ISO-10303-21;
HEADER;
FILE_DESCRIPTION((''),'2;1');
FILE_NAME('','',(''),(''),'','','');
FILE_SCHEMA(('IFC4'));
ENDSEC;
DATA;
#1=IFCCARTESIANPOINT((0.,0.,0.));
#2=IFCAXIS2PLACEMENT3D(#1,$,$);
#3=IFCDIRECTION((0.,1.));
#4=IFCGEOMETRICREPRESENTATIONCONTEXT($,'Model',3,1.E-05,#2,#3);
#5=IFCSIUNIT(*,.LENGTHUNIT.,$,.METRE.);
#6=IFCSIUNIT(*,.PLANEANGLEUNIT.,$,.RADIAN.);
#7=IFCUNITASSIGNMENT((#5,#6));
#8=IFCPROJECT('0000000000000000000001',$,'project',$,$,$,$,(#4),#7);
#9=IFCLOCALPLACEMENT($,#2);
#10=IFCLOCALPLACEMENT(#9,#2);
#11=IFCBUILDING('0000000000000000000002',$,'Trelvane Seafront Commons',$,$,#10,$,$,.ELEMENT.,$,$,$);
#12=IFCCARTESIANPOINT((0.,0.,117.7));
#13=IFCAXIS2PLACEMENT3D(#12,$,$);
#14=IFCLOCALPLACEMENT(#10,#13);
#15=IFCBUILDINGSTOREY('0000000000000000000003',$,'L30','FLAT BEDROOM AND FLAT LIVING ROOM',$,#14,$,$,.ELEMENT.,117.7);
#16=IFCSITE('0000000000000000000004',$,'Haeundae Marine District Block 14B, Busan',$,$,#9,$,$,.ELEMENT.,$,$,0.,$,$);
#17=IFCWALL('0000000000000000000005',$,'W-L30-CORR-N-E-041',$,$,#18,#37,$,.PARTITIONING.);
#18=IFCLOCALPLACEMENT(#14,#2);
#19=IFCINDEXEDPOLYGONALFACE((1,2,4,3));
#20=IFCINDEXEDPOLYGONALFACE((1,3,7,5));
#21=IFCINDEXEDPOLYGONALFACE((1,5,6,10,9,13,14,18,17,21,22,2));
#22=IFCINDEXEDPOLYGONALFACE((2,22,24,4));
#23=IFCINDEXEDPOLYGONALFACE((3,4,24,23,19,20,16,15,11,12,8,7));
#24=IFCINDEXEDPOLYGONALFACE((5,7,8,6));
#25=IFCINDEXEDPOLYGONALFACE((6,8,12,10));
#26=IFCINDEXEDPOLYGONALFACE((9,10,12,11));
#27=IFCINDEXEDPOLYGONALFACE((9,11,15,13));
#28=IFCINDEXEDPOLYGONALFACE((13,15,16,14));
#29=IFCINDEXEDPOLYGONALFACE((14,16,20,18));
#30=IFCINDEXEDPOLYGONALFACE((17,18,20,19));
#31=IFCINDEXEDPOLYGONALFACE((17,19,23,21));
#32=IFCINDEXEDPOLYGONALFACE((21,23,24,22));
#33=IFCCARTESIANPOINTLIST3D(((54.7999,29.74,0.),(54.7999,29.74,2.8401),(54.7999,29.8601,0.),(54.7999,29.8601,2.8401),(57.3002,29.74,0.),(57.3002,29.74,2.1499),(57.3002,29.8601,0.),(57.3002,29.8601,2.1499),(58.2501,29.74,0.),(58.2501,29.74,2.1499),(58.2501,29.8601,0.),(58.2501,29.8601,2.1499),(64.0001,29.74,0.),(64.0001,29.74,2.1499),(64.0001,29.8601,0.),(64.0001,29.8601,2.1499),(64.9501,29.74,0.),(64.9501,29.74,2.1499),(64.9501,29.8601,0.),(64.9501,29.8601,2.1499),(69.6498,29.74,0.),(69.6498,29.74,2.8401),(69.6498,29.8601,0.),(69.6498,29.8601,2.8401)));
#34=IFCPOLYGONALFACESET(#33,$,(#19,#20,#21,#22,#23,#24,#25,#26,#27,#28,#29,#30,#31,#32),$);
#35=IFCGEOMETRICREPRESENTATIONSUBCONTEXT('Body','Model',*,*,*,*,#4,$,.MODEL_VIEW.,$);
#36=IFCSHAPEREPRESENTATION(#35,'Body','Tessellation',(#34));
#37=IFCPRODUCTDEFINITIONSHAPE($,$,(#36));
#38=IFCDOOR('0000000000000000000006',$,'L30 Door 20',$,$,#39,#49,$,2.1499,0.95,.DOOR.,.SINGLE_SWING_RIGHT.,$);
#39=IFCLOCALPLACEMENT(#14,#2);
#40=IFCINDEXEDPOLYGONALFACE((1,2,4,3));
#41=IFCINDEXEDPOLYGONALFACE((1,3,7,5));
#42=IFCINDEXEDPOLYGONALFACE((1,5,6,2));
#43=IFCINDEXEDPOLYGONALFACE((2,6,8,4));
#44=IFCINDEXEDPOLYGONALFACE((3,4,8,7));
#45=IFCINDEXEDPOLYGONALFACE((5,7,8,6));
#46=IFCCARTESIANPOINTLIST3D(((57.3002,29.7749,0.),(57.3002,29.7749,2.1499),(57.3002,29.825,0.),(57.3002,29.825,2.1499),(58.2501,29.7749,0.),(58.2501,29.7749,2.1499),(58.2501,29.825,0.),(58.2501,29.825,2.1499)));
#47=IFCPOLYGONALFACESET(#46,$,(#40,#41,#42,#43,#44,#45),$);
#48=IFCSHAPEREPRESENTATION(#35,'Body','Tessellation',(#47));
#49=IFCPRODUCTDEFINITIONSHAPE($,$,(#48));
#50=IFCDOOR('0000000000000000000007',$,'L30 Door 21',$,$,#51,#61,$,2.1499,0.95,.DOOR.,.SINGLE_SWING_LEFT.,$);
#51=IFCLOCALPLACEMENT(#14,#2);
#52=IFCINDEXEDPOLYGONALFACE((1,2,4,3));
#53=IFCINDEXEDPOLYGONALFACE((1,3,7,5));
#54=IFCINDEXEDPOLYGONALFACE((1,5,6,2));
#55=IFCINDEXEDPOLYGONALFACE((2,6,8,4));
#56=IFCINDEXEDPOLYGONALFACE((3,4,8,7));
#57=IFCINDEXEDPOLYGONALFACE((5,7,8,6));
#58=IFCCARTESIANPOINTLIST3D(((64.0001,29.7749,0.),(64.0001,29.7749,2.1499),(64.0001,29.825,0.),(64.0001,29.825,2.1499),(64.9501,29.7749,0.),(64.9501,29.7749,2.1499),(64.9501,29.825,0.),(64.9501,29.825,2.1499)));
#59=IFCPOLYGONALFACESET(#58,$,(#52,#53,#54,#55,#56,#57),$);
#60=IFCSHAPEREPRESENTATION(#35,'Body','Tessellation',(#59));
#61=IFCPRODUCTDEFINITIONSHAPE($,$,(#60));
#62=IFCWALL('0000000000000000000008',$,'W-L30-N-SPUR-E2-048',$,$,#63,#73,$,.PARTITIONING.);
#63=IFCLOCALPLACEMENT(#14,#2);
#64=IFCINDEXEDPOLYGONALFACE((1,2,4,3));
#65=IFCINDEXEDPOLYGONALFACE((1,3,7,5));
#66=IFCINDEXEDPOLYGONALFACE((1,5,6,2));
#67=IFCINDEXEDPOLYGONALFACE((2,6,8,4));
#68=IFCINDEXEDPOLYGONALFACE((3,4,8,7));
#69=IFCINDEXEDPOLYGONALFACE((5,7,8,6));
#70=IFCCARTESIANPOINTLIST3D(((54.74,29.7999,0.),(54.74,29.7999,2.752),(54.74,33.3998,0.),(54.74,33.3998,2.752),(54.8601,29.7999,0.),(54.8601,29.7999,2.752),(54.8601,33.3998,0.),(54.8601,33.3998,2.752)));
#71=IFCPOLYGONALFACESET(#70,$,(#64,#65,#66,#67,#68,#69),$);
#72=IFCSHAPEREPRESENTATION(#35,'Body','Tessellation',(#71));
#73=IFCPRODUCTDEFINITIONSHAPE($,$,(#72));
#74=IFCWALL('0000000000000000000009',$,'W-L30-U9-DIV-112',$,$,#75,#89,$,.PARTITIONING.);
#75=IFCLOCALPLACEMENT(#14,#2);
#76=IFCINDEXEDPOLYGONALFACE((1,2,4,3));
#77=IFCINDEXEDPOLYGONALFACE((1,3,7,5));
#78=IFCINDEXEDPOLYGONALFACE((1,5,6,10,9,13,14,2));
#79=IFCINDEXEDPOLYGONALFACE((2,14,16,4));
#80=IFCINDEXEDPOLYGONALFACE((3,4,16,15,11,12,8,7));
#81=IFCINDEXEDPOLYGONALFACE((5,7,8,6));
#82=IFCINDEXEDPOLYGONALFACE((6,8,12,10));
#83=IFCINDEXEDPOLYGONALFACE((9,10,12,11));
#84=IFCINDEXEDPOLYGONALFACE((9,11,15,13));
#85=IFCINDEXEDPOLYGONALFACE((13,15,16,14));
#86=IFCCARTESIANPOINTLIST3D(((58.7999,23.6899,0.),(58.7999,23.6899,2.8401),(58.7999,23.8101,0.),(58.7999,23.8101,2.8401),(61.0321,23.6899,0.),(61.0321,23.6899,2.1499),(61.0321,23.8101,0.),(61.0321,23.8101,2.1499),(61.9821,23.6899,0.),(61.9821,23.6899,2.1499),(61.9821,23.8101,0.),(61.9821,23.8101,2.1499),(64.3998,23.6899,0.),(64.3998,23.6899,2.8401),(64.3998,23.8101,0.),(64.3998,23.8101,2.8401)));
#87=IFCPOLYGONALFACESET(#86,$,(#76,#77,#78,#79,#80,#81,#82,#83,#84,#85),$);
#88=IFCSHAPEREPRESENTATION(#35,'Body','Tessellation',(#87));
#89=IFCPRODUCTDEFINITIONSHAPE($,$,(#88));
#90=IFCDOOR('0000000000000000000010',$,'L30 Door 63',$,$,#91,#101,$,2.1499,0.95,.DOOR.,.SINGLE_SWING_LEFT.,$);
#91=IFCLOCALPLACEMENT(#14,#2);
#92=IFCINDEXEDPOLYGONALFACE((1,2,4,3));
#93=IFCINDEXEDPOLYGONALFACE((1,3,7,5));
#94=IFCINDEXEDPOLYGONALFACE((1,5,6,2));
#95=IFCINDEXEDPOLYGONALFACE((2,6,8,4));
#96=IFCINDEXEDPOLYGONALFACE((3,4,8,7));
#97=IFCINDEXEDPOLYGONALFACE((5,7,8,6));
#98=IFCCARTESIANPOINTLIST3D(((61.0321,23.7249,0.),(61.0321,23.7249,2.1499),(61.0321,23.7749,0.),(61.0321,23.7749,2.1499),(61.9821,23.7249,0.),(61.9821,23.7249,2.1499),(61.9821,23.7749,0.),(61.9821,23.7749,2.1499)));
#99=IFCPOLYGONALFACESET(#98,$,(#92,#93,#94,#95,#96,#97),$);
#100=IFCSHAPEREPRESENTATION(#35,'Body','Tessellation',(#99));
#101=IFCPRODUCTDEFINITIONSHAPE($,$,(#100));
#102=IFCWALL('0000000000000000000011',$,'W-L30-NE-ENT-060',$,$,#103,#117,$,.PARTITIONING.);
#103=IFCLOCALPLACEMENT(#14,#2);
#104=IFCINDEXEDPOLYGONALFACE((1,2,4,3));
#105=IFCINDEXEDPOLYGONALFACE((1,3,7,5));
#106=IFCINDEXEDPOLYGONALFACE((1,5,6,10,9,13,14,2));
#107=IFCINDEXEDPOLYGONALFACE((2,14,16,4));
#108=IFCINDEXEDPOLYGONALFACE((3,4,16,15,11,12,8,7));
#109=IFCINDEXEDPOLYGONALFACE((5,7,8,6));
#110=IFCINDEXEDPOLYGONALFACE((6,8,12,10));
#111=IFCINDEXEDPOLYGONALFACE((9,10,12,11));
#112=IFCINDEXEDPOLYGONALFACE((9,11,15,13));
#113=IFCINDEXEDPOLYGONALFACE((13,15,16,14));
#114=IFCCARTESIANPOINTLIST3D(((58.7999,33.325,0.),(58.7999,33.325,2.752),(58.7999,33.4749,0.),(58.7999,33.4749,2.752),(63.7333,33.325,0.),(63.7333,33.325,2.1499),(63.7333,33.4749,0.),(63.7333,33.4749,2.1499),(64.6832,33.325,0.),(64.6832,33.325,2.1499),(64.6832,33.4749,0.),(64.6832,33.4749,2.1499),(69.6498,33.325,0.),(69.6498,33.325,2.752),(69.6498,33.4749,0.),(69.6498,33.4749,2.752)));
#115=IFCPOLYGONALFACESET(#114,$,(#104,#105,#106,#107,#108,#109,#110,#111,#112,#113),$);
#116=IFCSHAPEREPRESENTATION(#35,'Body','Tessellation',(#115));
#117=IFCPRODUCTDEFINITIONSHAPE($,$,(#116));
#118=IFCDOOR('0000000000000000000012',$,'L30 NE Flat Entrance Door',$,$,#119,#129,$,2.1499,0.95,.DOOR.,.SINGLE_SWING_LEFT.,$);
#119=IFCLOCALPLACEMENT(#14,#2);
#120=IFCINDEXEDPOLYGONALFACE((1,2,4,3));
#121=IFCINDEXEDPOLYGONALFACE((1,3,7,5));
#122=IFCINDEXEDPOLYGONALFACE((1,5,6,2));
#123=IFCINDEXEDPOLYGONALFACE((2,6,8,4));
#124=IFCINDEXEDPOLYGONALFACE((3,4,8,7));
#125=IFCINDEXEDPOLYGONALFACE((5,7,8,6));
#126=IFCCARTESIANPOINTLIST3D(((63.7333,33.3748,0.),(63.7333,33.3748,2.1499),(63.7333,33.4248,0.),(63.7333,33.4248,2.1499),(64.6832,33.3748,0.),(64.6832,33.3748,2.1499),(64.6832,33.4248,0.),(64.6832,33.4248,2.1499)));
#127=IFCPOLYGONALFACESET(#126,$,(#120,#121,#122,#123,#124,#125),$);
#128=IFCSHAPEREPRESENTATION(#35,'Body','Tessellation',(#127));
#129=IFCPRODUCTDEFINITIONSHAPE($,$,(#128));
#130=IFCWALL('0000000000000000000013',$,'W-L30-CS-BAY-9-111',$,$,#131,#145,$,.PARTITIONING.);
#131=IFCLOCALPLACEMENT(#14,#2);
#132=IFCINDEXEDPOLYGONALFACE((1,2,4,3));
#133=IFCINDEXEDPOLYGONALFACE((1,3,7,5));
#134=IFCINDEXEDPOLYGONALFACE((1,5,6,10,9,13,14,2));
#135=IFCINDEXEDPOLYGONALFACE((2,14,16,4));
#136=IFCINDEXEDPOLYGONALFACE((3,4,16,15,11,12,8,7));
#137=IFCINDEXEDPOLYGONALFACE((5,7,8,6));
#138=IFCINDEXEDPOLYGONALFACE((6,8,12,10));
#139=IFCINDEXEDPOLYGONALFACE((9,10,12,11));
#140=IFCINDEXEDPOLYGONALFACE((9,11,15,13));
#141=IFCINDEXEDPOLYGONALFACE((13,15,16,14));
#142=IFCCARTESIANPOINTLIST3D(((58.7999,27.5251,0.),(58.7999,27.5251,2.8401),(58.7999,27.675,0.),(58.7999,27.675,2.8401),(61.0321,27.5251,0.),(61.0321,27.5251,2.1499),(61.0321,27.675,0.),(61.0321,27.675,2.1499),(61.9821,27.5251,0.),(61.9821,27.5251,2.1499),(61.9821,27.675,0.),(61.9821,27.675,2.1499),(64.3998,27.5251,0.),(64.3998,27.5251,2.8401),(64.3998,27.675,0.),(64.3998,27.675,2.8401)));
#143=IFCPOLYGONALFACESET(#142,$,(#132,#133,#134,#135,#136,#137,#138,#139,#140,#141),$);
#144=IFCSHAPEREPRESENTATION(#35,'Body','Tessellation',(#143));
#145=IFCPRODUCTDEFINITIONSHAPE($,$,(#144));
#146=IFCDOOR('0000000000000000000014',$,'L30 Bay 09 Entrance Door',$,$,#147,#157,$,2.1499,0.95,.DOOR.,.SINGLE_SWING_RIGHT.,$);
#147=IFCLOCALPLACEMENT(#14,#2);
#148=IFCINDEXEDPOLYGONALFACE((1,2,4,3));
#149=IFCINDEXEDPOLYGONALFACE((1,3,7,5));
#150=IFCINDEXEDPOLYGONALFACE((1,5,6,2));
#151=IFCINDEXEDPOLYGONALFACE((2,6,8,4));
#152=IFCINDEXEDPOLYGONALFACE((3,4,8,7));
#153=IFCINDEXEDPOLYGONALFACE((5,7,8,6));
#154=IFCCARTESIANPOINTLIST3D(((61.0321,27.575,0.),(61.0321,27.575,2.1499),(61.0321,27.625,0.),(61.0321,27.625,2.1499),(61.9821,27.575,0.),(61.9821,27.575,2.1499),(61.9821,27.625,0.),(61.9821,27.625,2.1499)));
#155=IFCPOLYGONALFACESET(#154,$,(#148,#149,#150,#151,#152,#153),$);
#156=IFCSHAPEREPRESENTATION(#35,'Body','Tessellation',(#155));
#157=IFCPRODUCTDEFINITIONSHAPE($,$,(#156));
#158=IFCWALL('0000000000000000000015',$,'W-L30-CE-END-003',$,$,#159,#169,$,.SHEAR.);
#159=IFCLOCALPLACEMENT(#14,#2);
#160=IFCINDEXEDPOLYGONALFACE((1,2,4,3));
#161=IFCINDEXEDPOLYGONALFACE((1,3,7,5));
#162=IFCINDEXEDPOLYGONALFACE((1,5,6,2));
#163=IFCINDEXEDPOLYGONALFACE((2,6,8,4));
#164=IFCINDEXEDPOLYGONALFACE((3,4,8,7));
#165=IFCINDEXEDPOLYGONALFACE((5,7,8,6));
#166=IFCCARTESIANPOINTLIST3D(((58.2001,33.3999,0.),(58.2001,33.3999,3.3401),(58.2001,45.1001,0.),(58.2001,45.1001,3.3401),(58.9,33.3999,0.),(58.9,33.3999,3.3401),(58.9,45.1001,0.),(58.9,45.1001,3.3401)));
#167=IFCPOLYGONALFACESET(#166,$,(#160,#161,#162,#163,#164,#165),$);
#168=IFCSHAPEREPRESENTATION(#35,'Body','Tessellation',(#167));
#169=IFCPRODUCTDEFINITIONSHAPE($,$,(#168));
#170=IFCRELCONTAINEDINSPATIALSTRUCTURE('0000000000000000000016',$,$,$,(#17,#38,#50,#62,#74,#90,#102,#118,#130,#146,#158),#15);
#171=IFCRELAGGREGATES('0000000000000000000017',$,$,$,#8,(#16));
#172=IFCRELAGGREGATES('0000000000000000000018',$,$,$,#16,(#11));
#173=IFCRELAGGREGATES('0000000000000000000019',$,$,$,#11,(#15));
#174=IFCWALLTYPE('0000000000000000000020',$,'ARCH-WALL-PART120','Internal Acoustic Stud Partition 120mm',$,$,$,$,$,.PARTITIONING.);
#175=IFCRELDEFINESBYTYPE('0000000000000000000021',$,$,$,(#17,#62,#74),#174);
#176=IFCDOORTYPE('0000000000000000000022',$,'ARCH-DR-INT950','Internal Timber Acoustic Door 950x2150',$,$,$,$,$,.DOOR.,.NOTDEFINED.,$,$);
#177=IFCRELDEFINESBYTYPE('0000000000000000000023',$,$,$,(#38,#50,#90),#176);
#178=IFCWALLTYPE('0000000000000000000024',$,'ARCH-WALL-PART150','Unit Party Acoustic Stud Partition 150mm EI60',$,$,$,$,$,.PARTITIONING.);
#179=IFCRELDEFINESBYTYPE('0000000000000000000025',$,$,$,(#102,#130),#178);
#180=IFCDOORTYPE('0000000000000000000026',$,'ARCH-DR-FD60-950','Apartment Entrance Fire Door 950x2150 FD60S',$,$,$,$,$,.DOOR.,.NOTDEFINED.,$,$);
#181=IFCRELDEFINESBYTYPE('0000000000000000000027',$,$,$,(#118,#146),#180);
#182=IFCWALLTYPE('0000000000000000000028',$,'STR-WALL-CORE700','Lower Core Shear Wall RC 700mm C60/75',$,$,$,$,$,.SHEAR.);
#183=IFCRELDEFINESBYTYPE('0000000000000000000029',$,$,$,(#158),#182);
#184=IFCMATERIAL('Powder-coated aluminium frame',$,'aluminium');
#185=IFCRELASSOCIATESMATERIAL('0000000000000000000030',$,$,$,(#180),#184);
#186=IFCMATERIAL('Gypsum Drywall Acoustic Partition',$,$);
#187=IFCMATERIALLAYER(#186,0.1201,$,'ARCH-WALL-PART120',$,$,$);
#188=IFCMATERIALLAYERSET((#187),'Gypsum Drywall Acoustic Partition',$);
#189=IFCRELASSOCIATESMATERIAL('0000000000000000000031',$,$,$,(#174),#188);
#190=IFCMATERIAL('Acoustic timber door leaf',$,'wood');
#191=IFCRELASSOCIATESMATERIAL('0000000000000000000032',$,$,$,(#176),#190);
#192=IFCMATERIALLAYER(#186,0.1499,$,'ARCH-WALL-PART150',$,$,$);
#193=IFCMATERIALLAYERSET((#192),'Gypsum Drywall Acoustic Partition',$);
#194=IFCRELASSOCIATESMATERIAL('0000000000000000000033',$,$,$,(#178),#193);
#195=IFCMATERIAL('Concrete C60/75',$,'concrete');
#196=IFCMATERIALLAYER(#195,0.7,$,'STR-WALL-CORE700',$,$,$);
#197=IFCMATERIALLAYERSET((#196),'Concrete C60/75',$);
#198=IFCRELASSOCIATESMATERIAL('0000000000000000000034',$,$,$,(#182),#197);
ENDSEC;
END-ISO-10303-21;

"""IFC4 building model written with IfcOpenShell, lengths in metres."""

from ifc_helpers import new_model, si_unit, direction, frame, frame_2d, origin, place, context, subcontext, project, spatial, rectangle, extrude, source, transform, mapped, material, layer, layer_set, type_object, element, fill, save


model = new_model("IFC4")

# Units and contexts
model_context = context("Model", 3, precision=1e-05, world=origin(), true_north=direction((0.0, 1.0)))
body_context = subcontext(model_context, "Body", "Model", "MODEL_VIEW")
ifc_project = project(units=[si_unit("LENGTHUNIT", "METRE"), si_unit("PLANEANGLEUNIT", "RADIAN")], contexts=[model_context])

# Site, building, storey
site_placement = place(None, origin())
site = spatial("IfcSite", under=ifc_project, at=site_placement, Name="Haeundae Marine District Block 14B, Busan", CompositionType="ELEMENT", RefElevation=0.0)
building_placement = place(site_placement, origin())
building = spatial("IfcBuilding", under=site, at=building_placement, Name="Trelvane Seafront Commons", CompositionType="ELEMENT")
storey_placement = place(building_placement, frame((0.0, 0.0, 117.7)))
storey = spatial("IfcBuildingStorey", under=building, at=storey_placement, Name="L30", Description="FLAT BEDROOM AND FLAT LIVING ROOM", CompositionType="ELEMENT", Elevation=117.7)

# Shared definitions
ifc_material_1 = material(Name="Concrete C60/75", Category="concrete")

# Shared definitions
ifc_material_2 = material(Name="Powder-coated aluminium frame", Category="aluminium")
door_type_1 = type_object("IfcDoorType", Name="ARCH-DR-FD60-950", Description="Apartment Entrance Fire Door 950x2150 FD60S", OperationType="NOTDEFINED", PredefinedType="DOOR", material=ifc_material_2)
shared_shape_1 = source(origin(), body_context, "Body", "SweptSolid", [
    extrude(rectangle(XDim=0.95, YDim=2.1499, at=frame_2d((0.4751, 1.075))), frame((0.0, 0.0249, 0.0), z_axis=(0.0, -1.0, 0.0), x_axis=(1.0, 0.0, 0.0)), (0.0, 0.0, 1.0), 0.05),
])

# Wall, openings, doors
ifc_material_3 = material(Name="Gypsum Drywall Acoustic Partition")
ifc_layer_1 = layer(ifc_material_3, 0.1201, Name="ARCH-WALL-PART120")
ifc_layer_set_1 = layer_set([ifc_layer_1], Name="Gypsum Drywall Acoustic Partition")
wall_type_1 = type_object("IfcWallType", Name="ARCH-WALL-PART120", Description="Internal Acoustic Stud Partition 120mm", PredefinedType="PARTITIONING", material=ifc_layer_set_1)
wall_1_placement = place(storey_placement, frame((54.8, 29.8, 0.0), z_axis=(0.0, 0.0, 1.0), x_axis=(1.0, 0.0, 0.0)))
wall_1 = element("IfcWall", 1, at=wall_1_placement, inside=storey, type_object=wall_type_1, Name="W-L30-CORR-N-E-041", PredefinedType="PARTITIONING", context=body_context, shape_type="SweptSolid", body=[
    extrude(rectangle(XDim=14.8499, YDim=0.1201, at=frame_2d((7.4248, 0.0))), origin(), (0.0, 0.0, 1.0), 2.8401),
])
opening_1_placement = place(wall_1_placement, frame((2.5, 0.0, 0.0)))
opening_1 = element("IfcOpeningElement", 2, at=opening_1_placement, cuts=wall_1, PredefinedType="OPENING", context=body_context, shape_type="SweptSolid", body=[
    extrude(rectangle(XDim=0.95, YDim=2.1499, at=frame_2d((0.4751, 1.075))), frame((0.0, 0.0701, 0.0), z_axis=(0.0, -1.0, 0.0), x_axis=(1.0, 0.0, 0.0)), (0.0, 0.0, 1.0), 0.1401),
])
opening_2_placement = place(wall_1_placement, frame((9.2, 0.0, 0.0)))
opening_2 = element("IfcOpeningElement", 3, at=opening_2_placement, cuts=wall_1, PredefinedType="OPENING", context=body_context, shape_type="SweptSolid", body=[
    extrude(rectangle(XDim=0.95, YDim=2.1499, at=frame_2d((0.4751, 1.075))), frame((0.0, 0.0701, 0.0), z_axis=(0.0, -1.0, 0.0), x_axis=(1.0, 0.0, 0.0)), (0.0, 0.0, 1.0), 0.1401),
])
ifc_material_4 = material(Name="Acoustic timber door leaf", Category="wood")
door_type_2 = type_object("IfcDoorType", Name="ARCH-DR-INT950", Description="Internal Timber Acoustic Door 950x2150", OperationType="NOTDEFINED", PredefinedType="DOOR", material=ifc_material_4)
door_1_placement = place(opening_1_placement, origin())
door_1 = element("IfcDoor", 4, at=door_1_placement, inside=storey, type_object=door_type_2, Name="L30 Door 20", OperationType="SINGLE_SWING_RIGHT", OverallHeight=2.1499, OverallWidth=0.95, PredefinedType="DOOR", context=body_context, shape_type="MappedRepresentation", body=[
    mapped(shared_shape_1, transform((0.0, 0.0, 0.0), x_axis=(1.0, 0.0, 0.0), y_axis=(0.0, 1.0, 0.0), z_axis=(0.0, 0.0, 1.0), scale=1.0)),
])
fill(opening_1, door_1)
door_2_placement = place(opening_2_placement, origin())
door_2 = element("IfcDoor", 5, at=door_2_placement, inside=storey, type_object=door_type_2, Name="L30 Door 21", OperationType="SINGLE_SWING_LEFT", OverallHeight=2.1499, OverallWidth=0.95, PredefinedType="DOOR", context=body_context, shape_type="MappedRepresentation", body=[
    mapped(shared_shape_1, transform((0.0, 0.0, 0.0), x_axis=(1.0, 0.0, 0.0), y_axis=(0.0, 1.0, 0.0), z_axis=(0.0, 0.0, 1.0), scale=1.0)),
])
fill(opening_2, door_2)

# Wall
wall_2_placement = place(storey_placement, frame((54.8, 29.8, 0.0), z_axis=(0.0, 0.0, 1.0), x_axis=(0.0, 1.0, 0.0)))
element("IfcWall", 6, at=wall_2_placement, inside=storey, type_object=wall_type_1, Name="W-L30-N-SPUR-E2-048", PredefinedType="PARTITIONING", context=body_context, shape_type="SweptSolid", body=[
    extrude(rectangle(XDim=3.5999, YDim=0.1201, at=frame_2d((1.7998, 0.0))), origin(), (0.0, 0.0, 1.0), 2.752),
])

# Walls, openings, doors
wall_3_placement = place(storey_placement, frame((58.8, 23.75, 0.0), z_axis=(0.0, 0.0, 1.0), x_axis=(1.0, 0.0, 0.0)))
wall_3 = element("IfcWall", 7, at=wall_3_placement, inside=storey, type_object=wall_type_1, Name="W-L30-U9-DIV-112", PredefinedType="PARTITIONING", context=body_context, shape_type="SweptSolid", body=[
    extrude(rectangle(XDim=5.5999, YDim=0.1201, at=frame_2d((2.7998, 0.0))), origin(), (0.0, 0.0, 1.0), 2.8401),
])
opening_3_placement = place(wall_3_placement, frame((2.2319, 0.0, 0.0)))
opening_3 = element("IfcOpeningElement", 8, at=opening_3_placement, cuts=wall_3, PredefinedType="OPENING", context=body_context, shape_type="SweptSolid", body=[
    extrude(rectangle(XDim=0.95, YDim=2.1499, at=frame_2d((0.4751, 1.075))), frame((0.0, 0.0701, 0.0), z_axis=(0.0, -1.0, 0.0), x_axis=(1.0, 0.0, 0.0)), (0.0, 0.0, 1.0), 0.1401),
])
door_3_placement = place(opening_3_placement, origin())
door_3 = element("IfcDoor", 9, at=door_3_placement, inside=storey, type_object=door_type_2, Name="L30 Door 63", OperationType="SINGLE_SWING_LEFT", OverallHeight=2.1499, OverallWidth=0.95, PredefinedType="DOOR", context=body_context, shape_type="MappedRepresentation", body=[
    mapped(shared_shape_1, transform((0.0, 0.0, 0.0), x_axis=(1.0, 0.0, 0.0), y_axis=(0.0, 1.0, 0.0), z_axis=(0.0, 0.0, 1.0), scale=1.0)),
])
fill(opening_3, door_3)
ifc_layer_2 = layer(ifc_material_3, 0.1499, Name="ARCH-WALL-PART150")
ifc_layer_set_2 = layer_set([ifc_layer_2], Name="Gypsum Drywall Acoustic Partition")
wall_type_2 = type_object("IfcWallType", Name="ARCH-WALL-PART150", Description="Unit Party Acoustic Stud Partition 150mm EI60", PredefinedType="PARTITIONING", material=ifc_layer_set_2)
wall_4_placement = place(storey_placement, frame((58.8, 33.3999, 0.0), z_axis=(0.0, 0.0, 1.0), x_axis=(1.0, 0.0, 0.0)))
wall_4 = element("IfcWall", 10, at=wall_4_placement, inside=storey, type_object=wall_type_2, Name="W-L30-NE-ENT-060", PredefinedType="PARTITIONING", context=body_context, shape_type="SweptSolid", body=[
    extrude(rectangle(XDim=10.8499, YDim=0.1499, at=frame_2d((5.4248, 0.0))), origin(), (0.0, 0.0, 1.0), 2.752),
])
opening_4_placement = place(wall_4_placement, frame((4.9331, 0.0, 0.0)))
opening_4 = element("IfcOpeningElement", 11, at=opening_4_placement, cuts=wall_4, PredefinedType="OPENING", context=body_context, shape_type="SweptSolid", body=[
    extrude(rectangle(XDim=0.95, YDim=2.1499, at=frame_2d((0.4751, 1.075))), frame((0.0, 0.085, 0.0), z_axis=(0.0, -1.0, 0.0), x_axis=(1.0, 0.0, 0.0)), (0.0, 0.0, 1.0), 0.1699),
])
door_4_placement = place(opening_4_placement, origin())
door_4 = element("IfcDoor", 12, at=door_4_placement, inside=storey, type_object=door_type_1, Name="L30 NE Flat Entrance Door", OperationType="SINGLE_SWING_LEFT", OverallHeight=2.1499, OverallWidth=0.95, PredefinedType="DOOR", context=body_context, shape_type="MappedRepresentation", body=[
    mapped(shared_shape_1, transform((0.0, 0.0, 0.0), x_axis=(1.0, 0.0, 0.0), y_axis=(0.0, 1.0, 0.0), z_axis=(0.0, 0.0, 1.0), scale=1.0)),
])
fill(opening_4, door_4)
wall_5_placement = place(storey_placement, frame((58.8, 27.6001, 0.0), z_axis=(0.0, 0.0, 1.0), x_axis=(1.0, 0.0, 0.0)))
wall_5 = element("IfcWall", 13, at=wall_5_placement, inside=storey, type_object=wall_type_2, Name="W-L30-CS-BAY-9-111", PredefinedType="PARTITIONING", context=body_context, shape_type="SweptSolid", body=[
    extrude(rectangle(XDim=5.5999, YDim=0.1499, at=frame_2d((2.7998, 0.0))), origin(), (0.0, 0.0, 1.0), 2.8401),
])
opening_5_placement = place(wall_5_placement, frame((2.2319, 0.0, 0.0)))
opening_5 = element("IfcOpeningElement", 14, at=opening_5_placement, cuts=wall_5, PredefinedType="OPENING", context=body_context, shape_type="SweptSolid", body=[
    extrude(rectangle(XDim=0.95, YDim=2.1499, at=frame_2d((0.4751, 1.075))), frame((0.0, 0.085, 0.0), z_axis=(0.0, -1.0, 0.0), x_axis=(1.0, 0.0, 0.0)), (0.0, 0.0, 1.0), 0.1699),
])
door_5_placement = place(opening_5_placement, origin())
door_5 = element("IfcDoor", 15, at=door_5_placement, inside=storey, type_object=door_type_1, Name="L30 Bay 09 Entrance Door", OperationType="SINGLE_SWING_RIGHT", OverallHeight=2.1499, OverallWidth=0.95, PredefinedType="DOOR", context=body_context, shape_type="MappedRepresentation", body=[
    mapped(shared_shape_1, transform((0.0, 0.0, 0.0), x_axis=(1.0, 0.0, 0.0), y_axis=(0.0, 1.0, 0.0), z_axis=(0.0, 0.0, 1.0), scale=1.0)),
])
fill(opening_5, door_5)

# Wall
ifc_layer_3 = layer(ifc_material_1, 0.7, Name="STR-WALL-CORE700")
ifc_layer_set_3 = layer_set([ifc_layer_3], Name="Concrete C60/75")
wall_type_3 = type_object("IfcWallType", Name="STR-WALL-CORE700", Description="Lower Core Shear Wall RC 700mm C60/75", PredefinedType="SHEAR", material=ifc_layer_set_3)
wall_6_placement = place(storey_placement, frame((58.55, 33.3999, 0.0), z_axis=(0.0, 0.0, 1.0), x_axis=(0.0, 1.0, 0.0)))
element("IfcWall", 16, at=wall_6_placement, inside=storey, type_object=wall_type_3, Name="W-L30-CE-END-003", PredefinedType="SHEAR", context=body_context, shape_type="SweptSolid", body=[
    extrude(rectangle(XDim=11.7002, YDim=0.7, at=frame_2d((5.8501, 0.0))), origin(), (0.0, 0.0, 1.0), 3.3401),
])

save(model, "model.ifc")
